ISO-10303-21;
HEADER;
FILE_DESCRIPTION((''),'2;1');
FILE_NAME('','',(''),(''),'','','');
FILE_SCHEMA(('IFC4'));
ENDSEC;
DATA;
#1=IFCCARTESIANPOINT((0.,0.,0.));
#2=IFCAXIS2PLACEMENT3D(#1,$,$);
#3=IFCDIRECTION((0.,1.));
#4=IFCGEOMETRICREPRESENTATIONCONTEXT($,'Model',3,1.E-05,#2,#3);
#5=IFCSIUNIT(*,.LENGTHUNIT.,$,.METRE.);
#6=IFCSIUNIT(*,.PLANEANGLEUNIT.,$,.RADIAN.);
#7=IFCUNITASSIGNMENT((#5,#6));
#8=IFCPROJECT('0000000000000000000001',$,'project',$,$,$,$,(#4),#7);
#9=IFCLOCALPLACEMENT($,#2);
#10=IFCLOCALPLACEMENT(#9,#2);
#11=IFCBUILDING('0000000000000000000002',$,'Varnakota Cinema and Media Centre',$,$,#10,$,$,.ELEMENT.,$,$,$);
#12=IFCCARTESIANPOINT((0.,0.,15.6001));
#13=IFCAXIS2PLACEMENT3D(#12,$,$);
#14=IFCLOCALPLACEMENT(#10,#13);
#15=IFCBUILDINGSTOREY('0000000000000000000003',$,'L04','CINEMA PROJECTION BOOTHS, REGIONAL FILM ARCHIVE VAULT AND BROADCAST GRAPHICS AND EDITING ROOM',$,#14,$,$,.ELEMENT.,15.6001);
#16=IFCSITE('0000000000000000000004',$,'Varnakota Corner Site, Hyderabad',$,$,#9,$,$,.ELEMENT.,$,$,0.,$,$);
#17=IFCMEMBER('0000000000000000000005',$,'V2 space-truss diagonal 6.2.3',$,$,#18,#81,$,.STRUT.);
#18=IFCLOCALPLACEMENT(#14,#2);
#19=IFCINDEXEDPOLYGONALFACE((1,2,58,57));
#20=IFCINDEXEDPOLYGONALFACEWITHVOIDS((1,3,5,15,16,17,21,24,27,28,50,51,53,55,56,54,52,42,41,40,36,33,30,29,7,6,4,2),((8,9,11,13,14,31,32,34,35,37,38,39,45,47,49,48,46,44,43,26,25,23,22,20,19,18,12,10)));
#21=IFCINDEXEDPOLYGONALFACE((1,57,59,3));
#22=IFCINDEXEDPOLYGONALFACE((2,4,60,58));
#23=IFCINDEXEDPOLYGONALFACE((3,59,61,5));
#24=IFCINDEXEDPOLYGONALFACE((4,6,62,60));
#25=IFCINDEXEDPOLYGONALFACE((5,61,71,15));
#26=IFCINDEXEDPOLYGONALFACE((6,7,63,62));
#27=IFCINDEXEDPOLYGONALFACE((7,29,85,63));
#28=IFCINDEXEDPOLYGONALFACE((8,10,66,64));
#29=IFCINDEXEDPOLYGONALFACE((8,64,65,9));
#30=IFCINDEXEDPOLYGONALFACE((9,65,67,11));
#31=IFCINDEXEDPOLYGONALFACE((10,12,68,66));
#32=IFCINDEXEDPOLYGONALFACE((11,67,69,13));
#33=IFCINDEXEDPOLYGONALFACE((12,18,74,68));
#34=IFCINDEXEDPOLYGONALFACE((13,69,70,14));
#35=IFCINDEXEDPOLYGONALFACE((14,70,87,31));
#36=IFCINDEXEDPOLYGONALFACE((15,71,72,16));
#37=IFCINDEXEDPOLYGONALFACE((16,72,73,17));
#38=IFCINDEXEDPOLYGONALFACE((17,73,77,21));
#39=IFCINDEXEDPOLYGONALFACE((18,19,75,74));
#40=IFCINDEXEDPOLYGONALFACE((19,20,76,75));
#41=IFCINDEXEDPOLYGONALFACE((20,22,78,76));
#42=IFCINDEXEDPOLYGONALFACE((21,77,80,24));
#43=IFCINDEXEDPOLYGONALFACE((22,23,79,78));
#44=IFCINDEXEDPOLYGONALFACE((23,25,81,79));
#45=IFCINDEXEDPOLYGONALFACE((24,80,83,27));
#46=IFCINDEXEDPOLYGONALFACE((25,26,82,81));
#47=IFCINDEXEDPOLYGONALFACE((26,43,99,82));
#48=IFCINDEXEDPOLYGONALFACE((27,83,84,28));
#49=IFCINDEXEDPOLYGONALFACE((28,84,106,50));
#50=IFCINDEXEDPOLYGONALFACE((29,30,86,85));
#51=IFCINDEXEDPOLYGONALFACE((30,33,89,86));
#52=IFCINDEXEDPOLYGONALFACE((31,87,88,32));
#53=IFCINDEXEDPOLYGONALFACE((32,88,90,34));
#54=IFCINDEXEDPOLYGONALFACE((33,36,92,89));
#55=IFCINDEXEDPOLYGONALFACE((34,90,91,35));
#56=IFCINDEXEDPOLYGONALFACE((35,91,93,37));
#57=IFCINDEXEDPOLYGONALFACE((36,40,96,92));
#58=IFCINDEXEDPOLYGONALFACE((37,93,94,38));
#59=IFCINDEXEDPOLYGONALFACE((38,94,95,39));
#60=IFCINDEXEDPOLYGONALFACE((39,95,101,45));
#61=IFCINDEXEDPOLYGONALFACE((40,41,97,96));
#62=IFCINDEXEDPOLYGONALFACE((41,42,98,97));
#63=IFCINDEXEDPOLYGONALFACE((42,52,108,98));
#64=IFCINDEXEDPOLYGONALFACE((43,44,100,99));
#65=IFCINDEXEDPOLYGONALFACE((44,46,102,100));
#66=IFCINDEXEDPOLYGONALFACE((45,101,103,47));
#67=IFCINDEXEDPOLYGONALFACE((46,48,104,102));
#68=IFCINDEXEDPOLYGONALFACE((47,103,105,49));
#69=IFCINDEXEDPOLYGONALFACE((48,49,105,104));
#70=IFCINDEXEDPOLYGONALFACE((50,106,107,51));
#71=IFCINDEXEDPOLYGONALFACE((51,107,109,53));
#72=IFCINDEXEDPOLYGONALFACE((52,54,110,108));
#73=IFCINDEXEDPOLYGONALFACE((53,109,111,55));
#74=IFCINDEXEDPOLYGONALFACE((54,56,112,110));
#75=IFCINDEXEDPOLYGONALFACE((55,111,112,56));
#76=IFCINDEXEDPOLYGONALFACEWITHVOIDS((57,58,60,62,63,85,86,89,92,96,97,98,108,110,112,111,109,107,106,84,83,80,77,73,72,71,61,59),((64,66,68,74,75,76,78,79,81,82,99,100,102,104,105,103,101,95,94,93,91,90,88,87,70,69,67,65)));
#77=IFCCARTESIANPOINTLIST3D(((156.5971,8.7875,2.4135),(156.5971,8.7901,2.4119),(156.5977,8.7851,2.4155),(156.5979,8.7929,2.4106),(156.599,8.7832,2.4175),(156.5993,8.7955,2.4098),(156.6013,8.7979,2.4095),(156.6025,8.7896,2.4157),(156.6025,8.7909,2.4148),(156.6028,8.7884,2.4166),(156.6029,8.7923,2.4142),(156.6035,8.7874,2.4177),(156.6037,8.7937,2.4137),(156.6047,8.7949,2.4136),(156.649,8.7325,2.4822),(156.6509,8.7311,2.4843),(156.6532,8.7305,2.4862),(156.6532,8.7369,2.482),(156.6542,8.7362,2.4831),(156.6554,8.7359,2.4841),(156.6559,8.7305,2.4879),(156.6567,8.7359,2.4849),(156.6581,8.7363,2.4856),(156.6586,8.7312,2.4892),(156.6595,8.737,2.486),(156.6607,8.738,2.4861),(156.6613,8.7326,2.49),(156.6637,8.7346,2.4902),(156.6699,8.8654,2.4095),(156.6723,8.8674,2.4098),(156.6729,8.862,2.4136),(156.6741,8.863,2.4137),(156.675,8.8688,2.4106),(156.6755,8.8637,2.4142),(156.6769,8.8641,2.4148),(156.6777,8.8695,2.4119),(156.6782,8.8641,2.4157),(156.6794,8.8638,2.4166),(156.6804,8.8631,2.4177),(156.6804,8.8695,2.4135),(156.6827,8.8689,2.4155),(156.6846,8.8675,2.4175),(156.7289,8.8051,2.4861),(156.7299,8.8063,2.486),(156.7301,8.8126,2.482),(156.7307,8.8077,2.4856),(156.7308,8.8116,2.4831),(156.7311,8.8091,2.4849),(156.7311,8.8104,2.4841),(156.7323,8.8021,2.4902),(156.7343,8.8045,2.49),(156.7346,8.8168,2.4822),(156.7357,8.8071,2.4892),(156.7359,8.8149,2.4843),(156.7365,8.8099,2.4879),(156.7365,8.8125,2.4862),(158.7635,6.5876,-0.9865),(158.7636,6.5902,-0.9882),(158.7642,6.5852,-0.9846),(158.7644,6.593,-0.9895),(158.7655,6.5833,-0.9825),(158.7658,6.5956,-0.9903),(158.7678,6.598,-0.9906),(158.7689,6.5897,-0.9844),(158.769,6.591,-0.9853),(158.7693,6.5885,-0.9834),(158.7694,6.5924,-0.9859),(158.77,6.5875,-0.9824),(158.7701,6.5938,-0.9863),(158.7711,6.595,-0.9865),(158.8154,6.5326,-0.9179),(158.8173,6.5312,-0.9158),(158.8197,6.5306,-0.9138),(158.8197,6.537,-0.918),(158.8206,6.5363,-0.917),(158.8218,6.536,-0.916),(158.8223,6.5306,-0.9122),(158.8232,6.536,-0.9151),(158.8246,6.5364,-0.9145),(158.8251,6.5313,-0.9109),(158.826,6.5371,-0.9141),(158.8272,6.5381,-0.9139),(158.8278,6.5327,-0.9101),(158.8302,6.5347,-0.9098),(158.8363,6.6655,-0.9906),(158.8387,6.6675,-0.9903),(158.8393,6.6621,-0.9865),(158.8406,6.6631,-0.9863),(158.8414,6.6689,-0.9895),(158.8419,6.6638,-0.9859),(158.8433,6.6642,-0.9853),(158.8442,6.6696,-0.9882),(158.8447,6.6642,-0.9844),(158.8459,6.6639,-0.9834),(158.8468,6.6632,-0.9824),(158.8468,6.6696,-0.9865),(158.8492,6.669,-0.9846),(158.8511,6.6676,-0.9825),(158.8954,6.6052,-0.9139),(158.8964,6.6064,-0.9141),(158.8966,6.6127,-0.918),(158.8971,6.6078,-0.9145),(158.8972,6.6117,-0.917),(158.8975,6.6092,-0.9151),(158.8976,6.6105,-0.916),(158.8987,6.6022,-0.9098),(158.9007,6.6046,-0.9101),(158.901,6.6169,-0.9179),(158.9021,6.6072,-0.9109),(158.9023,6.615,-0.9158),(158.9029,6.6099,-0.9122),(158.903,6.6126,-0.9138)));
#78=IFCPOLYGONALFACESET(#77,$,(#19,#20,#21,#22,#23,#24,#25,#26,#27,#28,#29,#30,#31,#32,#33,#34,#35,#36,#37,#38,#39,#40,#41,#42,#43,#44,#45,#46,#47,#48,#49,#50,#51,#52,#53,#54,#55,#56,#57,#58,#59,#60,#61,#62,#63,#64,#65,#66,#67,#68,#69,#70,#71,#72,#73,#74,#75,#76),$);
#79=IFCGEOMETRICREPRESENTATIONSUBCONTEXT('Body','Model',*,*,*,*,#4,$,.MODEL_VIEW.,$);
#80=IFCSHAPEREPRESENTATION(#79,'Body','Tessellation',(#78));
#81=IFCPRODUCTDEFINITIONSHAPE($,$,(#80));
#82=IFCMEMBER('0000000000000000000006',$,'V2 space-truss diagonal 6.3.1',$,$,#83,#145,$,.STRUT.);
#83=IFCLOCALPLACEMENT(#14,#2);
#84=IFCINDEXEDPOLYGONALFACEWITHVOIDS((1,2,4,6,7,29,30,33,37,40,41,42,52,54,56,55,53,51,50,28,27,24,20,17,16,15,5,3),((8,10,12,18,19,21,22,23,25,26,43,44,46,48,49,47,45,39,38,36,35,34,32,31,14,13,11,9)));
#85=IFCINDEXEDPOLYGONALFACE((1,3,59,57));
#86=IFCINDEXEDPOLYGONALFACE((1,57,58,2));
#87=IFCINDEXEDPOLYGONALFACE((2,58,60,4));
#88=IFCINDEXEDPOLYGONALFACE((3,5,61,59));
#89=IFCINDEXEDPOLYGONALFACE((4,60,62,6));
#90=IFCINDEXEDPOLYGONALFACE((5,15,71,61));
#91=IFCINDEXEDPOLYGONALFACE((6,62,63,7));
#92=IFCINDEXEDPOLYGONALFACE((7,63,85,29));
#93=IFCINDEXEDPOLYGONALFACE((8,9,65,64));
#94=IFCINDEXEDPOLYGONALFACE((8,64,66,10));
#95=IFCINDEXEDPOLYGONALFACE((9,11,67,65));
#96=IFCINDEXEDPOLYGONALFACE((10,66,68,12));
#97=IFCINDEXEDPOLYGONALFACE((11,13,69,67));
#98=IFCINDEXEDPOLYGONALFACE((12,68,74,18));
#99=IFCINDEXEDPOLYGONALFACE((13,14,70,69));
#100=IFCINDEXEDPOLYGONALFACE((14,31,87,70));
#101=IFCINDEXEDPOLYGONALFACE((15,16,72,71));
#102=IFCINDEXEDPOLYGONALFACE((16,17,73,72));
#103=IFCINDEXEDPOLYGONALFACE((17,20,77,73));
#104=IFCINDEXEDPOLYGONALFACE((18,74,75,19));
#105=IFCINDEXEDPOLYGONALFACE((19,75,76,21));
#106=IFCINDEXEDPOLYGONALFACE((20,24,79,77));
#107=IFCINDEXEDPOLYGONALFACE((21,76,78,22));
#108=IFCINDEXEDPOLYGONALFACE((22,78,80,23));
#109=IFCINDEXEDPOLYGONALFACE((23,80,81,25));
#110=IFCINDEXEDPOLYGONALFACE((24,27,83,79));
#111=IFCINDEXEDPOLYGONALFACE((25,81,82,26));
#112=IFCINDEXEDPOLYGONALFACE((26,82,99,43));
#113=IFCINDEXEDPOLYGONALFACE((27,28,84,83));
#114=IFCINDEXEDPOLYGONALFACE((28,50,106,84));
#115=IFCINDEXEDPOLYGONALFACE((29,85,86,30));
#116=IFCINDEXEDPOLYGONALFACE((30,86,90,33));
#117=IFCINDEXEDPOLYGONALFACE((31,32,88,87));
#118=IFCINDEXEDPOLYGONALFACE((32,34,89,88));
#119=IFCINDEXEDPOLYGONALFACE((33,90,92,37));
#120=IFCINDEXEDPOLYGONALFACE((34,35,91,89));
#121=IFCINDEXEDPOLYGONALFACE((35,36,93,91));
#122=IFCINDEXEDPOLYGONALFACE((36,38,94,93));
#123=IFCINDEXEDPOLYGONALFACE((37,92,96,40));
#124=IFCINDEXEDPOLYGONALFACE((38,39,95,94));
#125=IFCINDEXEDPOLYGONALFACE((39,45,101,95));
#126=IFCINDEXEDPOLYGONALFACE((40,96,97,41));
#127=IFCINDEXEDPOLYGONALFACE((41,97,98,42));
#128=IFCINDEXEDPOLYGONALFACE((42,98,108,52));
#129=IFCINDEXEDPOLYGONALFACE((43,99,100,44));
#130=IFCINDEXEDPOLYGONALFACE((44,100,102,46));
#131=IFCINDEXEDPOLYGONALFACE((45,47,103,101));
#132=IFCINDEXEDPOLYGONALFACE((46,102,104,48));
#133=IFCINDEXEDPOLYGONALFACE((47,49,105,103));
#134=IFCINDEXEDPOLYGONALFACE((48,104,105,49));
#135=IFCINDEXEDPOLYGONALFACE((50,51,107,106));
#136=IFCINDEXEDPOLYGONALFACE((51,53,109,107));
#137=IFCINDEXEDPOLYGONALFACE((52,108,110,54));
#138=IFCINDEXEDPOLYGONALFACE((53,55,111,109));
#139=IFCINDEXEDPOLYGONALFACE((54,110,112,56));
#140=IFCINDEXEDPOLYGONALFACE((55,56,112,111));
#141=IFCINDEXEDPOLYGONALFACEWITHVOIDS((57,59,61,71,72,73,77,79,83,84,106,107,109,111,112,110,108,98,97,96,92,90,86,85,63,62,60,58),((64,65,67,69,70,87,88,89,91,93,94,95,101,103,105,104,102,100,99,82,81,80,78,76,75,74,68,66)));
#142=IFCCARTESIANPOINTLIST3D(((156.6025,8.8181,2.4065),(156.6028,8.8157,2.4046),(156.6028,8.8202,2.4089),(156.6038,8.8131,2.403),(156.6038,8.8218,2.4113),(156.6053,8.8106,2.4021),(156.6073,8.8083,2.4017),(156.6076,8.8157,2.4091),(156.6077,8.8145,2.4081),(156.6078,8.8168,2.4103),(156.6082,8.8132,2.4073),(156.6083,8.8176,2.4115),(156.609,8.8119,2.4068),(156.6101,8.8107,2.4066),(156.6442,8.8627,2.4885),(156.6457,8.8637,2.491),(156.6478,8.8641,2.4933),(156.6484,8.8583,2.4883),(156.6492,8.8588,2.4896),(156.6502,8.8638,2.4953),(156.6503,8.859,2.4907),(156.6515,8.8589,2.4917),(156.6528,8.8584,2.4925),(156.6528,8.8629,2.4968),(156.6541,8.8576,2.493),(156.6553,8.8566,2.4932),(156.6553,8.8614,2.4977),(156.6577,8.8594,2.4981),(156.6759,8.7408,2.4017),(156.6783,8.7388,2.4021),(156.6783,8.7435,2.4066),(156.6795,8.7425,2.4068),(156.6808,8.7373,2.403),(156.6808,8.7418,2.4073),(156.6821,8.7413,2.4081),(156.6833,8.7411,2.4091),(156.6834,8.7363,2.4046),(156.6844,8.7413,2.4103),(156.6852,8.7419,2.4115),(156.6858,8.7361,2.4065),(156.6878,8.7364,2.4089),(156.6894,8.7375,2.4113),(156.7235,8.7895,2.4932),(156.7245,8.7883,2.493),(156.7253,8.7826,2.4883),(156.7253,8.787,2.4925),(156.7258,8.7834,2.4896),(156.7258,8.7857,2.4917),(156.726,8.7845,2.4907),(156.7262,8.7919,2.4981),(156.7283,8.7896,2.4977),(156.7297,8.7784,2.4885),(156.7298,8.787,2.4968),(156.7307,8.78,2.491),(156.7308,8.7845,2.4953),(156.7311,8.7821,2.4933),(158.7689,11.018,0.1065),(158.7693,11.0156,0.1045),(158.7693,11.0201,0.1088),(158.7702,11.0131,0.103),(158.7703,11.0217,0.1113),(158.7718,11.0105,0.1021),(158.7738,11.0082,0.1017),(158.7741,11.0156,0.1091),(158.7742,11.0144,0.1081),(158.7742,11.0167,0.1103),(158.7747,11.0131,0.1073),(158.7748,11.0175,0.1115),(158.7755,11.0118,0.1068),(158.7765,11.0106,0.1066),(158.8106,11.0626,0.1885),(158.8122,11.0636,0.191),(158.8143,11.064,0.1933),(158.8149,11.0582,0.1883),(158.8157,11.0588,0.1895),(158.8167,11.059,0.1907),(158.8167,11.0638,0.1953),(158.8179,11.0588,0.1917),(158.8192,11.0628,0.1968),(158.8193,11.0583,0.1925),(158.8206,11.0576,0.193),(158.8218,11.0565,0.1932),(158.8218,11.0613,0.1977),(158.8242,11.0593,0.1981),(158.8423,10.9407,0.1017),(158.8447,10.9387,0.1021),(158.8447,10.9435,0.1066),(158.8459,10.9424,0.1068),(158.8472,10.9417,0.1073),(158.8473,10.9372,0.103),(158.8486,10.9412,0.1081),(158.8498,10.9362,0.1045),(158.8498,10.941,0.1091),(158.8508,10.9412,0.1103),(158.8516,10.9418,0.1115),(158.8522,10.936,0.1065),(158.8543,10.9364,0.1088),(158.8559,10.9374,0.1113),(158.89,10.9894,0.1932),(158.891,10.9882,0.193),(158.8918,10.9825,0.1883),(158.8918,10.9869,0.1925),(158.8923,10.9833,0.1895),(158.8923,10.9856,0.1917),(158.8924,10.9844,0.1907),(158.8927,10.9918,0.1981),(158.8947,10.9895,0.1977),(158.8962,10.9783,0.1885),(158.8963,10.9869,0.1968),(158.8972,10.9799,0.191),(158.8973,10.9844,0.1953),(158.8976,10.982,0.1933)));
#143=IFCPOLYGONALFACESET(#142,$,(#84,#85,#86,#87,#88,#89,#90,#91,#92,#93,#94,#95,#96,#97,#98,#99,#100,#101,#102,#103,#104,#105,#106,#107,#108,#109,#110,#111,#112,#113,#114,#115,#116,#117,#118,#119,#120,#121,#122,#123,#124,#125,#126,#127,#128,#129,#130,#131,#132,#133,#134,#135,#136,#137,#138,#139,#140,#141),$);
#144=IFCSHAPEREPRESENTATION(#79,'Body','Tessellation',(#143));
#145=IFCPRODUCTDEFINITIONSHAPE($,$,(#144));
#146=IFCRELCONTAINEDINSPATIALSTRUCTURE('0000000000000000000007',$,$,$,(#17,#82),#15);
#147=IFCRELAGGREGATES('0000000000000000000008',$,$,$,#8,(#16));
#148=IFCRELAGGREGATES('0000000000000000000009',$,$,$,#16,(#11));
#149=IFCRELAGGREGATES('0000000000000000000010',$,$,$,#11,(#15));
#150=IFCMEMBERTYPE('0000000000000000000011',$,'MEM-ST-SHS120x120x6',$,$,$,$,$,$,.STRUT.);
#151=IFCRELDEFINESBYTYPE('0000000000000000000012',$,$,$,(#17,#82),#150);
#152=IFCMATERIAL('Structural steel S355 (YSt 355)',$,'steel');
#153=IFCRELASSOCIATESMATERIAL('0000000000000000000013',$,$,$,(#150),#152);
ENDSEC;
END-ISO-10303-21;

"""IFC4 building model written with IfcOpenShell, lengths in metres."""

from ifc_helpers import new_model, si_unit, direction, frame, origin, origin_2d, place, context, subcontext, project, spatial, hollow_rectangle, extrude, material, material_profile, profile_set, type_object, element, save


model = new_model("IFC4")

# Units and contexts
model_context = context("Model", 3, precision=1e-05, world=origin(), true_north=direction((0.0, 1.0)))
body_context = subcontext(model_context, "Body", "Model", "MODEL_VIEW")
ifc_project = project(units=[si_unit("LENGTHUNIT", "METRE"), si_unit("PLANEANGLEUNIT", "RADIAN")], contexts=[model_context])

# Site, building, storey
site_placement = place(None, origin())
site = spatial("IfcSite", under=ifc_project, at=site_placement, Name="Varnakota Corner Site, Hyderabad", CompositionType="ELEMENT", RefElevation=0.0)
building_placement = place(site_placement, origin())
building = spatial("IfcBuilding", under=site, at=building_placement, Name="Varnakota Cinema and Media Centre", CompositionType="ELEMENT")
storey_placement = place(building_placement, frame((0.0, 0.0, 15.6001)))
storey = spatial("IfcBuildingStorey", under=building, at=storey_placement, Name="L04", Description="CINEMA PROJECTION BOOTHS, REGIONAL FILM ARCHIVE VAULT AND BROADCAST GRAPHICS AND EDITING ROOM", CompositionType="ELEMENT", Elevation=15.6001)

# Members
ifc_material_1 = material(Name="Structural steel S355 (YSt 355)", Category="steel")
ifc_material_profile_1 = material_profile(ifc_material_1, hollow_rectangle(XDim=0.1201, YDim=0.1201, WallThickness=0.0061, InnerFilletRadius=0.0061, OuterFilletRadius=0.012, at=origin_2d()), Name="SHS 120x120x6")
ifc_profile_set_1 = profile_set([ifc_material_profile_1], Name="Structural steel S355 (YSt 355)")
member_type_1 = type_object("IfcMemberType", Name="MEM-ST-SHS120x120x6", PredefinedType="STRUT", material=ifc_profile_set_1)
member_1_placement = place(storey_placement, frame((158.8333, 6.6001, -0.9502), z_axis=(-0.47171, 0.478992, 0.740309), x_axis=(-0.712502, -0.70167, 0.0)))
element("IfcMember", 1, at=member_1_placement, inside=storey, type_object=member_type_1, Name="V2 space-truss diagonal 6.2.3", PredefinedType="STRUT", context=body_context, shape_type="SweptSolid", body=[
    extrude(hollow_rectangle(XDim=0.1201, YDim=0.1201, WallThickness=0.0061, InnerFilletRadius=0.0061, OuterFilletRadius=0.012, at=origin_2d()), origin(), (0.0, 0.0, 1.0), 4.5928),
])
member_2_placement = place(storey_placement, frame((158.8333, 11.0, 0.1499), z_axis=(-0.562705, -0.571392, 0.59739), x_axis=(0.712502, -0.70167, 0.0)))
element("IfcMember", 2, at=member_2_placement, inside=storey, type_object=member_type_1, Name="V2 space-truss diagonal 6.3.1", PredefinedType="STRUT", context=body_context, shape_type="SweptSolid", body=[
    extrude(hollow_rectangle(XDim=0.1201, YDim=0.1201, WallThickness=0.0061, InnerFilletRadius=0.0061, OuterFilletRadius=0.012, at=origin_2d()), origin(), (0.0, 0.0, 1.0), 3.8501),
])

save(model, "model.ifc")
